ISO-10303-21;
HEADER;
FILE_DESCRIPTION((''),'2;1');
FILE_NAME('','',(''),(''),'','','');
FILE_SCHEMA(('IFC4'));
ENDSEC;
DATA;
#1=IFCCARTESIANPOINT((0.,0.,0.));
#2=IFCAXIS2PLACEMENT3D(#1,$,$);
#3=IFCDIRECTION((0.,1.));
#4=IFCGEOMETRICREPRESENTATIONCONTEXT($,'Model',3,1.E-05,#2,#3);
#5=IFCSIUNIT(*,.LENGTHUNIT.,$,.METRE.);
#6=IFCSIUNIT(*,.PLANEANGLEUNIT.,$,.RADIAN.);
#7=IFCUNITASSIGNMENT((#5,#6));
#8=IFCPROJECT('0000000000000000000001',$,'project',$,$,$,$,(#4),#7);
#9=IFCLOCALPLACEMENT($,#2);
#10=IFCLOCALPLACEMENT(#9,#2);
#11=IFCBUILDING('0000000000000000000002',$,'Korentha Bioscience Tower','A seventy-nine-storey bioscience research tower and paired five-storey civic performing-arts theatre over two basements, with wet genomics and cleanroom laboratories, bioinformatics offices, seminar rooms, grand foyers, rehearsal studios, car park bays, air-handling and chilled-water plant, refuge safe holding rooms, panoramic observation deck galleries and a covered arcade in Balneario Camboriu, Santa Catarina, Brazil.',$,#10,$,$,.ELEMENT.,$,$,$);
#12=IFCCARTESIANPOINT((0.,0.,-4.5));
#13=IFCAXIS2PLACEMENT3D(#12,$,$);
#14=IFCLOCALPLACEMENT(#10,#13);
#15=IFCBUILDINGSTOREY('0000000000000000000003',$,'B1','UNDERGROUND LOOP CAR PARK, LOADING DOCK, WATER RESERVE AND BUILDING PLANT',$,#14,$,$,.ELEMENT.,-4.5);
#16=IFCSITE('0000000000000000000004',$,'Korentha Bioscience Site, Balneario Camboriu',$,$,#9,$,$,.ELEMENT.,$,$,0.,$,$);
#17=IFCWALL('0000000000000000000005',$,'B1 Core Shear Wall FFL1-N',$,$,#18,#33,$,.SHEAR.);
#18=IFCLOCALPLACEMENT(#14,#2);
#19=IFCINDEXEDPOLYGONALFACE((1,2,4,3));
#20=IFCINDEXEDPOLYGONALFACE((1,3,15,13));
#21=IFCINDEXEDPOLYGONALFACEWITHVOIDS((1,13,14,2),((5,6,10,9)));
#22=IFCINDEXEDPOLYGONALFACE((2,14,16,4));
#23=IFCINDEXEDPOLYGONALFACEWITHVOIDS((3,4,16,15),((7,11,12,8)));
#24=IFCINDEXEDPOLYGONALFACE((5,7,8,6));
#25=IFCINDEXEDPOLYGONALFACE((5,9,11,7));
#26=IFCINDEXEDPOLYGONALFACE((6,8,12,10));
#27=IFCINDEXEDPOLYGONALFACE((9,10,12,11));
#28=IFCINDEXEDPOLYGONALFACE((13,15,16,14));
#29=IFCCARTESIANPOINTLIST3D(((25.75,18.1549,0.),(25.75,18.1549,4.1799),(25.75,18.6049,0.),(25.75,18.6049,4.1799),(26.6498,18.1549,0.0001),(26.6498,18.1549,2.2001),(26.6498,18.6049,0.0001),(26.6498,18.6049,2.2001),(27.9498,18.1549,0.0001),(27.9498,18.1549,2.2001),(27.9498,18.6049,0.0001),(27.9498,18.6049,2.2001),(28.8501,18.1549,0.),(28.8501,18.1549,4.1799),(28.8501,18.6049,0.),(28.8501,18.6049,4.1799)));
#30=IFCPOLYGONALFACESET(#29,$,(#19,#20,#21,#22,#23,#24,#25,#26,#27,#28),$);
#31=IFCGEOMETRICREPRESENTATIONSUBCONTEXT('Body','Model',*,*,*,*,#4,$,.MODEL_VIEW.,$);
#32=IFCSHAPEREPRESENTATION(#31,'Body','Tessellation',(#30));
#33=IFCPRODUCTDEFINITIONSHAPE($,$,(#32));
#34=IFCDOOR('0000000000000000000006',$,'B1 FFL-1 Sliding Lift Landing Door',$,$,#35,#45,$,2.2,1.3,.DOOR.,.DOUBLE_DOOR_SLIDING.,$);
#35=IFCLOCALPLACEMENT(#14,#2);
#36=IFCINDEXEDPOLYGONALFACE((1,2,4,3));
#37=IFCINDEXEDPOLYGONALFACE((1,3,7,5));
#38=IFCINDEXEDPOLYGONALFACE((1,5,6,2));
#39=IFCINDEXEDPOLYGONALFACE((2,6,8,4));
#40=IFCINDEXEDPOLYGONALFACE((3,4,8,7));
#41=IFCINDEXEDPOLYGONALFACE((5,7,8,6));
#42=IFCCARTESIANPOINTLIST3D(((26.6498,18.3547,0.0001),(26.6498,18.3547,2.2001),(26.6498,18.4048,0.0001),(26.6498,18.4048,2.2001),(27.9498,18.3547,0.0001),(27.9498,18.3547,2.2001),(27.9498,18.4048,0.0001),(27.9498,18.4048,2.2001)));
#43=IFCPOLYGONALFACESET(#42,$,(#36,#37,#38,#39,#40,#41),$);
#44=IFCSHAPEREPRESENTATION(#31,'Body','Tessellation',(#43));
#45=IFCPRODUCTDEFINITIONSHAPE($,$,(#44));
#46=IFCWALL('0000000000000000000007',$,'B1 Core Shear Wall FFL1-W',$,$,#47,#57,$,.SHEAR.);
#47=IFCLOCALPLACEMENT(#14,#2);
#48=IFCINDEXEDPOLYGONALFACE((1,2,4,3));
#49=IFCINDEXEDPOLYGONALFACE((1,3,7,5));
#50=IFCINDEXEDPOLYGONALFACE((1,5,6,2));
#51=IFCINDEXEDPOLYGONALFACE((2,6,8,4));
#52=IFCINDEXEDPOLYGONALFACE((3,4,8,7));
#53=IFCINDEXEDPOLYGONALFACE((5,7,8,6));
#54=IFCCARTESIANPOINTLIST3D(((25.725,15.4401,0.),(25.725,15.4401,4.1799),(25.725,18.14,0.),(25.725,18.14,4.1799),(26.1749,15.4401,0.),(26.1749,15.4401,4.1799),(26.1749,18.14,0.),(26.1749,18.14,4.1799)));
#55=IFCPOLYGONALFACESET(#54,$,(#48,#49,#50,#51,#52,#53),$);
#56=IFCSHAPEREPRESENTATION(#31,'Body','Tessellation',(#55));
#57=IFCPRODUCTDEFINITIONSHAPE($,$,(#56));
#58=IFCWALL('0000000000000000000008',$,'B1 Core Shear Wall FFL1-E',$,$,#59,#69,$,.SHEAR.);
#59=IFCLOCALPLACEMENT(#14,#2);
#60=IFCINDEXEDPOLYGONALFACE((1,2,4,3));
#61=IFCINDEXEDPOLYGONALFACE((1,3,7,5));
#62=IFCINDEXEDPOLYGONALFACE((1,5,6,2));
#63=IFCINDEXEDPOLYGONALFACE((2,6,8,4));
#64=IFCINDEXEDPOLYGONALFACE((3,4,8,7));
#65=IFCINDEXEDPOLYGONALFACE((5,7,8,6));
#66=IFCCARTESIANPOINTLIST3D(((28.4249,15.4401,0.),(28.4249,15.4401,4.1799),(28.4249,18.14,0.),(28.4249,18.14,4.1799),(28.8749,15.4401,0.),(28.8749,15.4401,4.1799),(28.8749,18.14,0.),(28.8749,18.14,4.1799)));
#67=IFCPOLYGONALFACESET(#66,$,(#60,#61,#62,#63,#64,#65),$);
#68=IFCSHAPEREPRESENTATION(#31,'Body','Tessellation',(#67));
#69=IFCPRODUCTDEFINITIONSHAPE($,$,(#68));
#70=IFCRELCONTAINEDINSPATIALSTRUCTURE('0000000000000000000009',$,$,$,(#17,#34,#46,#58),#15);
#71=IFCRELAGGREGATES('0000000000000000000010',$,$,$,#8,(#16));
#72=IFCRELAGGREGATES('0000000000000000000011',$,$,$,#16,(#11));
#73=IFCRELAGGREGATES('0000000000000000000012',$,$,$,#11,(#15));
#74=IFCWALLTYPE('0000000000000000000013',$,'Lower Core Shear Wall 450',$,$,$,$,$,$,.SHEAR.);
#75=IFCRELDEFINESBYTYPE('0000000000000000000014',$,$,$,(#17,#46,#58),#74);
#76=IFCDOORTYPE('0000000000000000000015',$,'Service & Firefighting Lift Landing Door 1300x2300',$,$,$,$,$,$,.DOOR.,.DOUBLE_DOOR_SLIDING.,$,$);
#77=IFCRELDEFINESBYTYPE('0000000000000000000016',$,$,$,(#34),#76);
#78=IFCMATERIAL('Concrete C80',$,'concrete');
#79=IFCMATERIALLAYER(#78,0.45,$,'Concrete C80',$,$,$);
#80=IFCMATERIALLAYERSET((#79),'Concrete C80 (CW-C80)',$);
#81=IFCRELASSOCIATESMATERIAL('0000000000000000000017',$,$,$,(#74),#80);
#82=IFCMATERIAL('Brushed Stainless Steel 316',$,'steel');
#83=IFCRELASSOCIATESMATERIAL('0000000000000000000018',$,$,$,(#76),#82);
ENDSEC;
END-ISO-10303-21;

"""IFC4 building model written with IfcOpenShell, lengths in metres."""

from ifc_helpers import new_model, si_unit, direction, frame, frame_2d, origin, place, context, subcontext, project, spatial, rectangle, extrude, material, layer, layer_set, type_object, element, fill, save


model = new_model("IFC4")

# Units and contexts
model_context = context("Model", 3, precision=1e-05, world=origin(), true_north=direction((0.0, 1.0)))
body_context = subcontext(model_context, "Body", "Model", "MODEL_VIEW")
ifc_project = project(units=[si_unit("LENGTHUNIT", "METRE"), si_unit("PLANEANGLEUNIT", "RADIAN")], contexts=[model_context])

# Site, building, storey
site_placement = place(None, origin())
site = spatial("IfcSite", under=ifc_project, at=site_placement, Name="Korentha Bioscience Site, Balneario Camboriu", CompositionType="ELEMENT", RefElevation=0.0)
building_placement = place(site_placement, origin())
building = spatial("IfcBuilding", under=site, at=building_placement, Name="Korentha Bioscience Tower", Description="A seventy-nine-storey bioscience research tower and paired five-storey civic performing-arts theatre over two basements, with wet genomics and cleanroom laboratories, bioinformatics offices, seminar rooms, grand foyers, rehearsal studios, car park bays, air-handling and chilled-water plant, refuge safe holding rooms, panoramic observation deck galleries and a covered arcade in Balneario Camboriu, Santa Catarina, Brazil.", CompositionType="ELEMENT")
storey_placement = place(building_placement, frame((0.0, 0.0, -4.5)))
storey = spatial("IfcBuildingStorey", under=building, at=storey_placement, Name="B1", Description="UNDERGROUND LOOP CAR PARK, LOADING DOCK, WATER RESERVE AND BUILDING PLANT", CompositionType="ELEMENT", Elevation=-4.5)

# Shared definitions
ifc_material_1 = material(Name="Concrete C80", Category="concrete")
ifc_layer_1 = layer(ifc_material_1, 0.45, Name="Concrete C80")
ifc_layer_set_1 = layer_set([ifc_layer_1], Name="Concrete C80 (CW-C80)")
wall_type_1 = type_object("IfcWallType", Name="Lower Core Shear Wall 450", PredefinedType="SHEAR", material=ifc_layer_set_1)

# Wall, opening, door
wall_1_placement = place(storey_placement, frame((25.75, 18.3799, 0.0), z_axis=(0.0, 0.0, 1.0), x_axis=(1.0, 0.0, 0.0)))
wall_1 = element("IfcWall", 1, at=wall_1_placement, inside=storey, type_object=wall_type_1, Name="B1 Core Shear Wall FFL1-N", PredefinedType="SHEAR", context=body_context, shape_type="SweptSolid", body=[
    extrude(rectangle(XDim=3.1001, YDim=0.45, at=frame_2d((1.55, 0.0))), origin(), (0.0, 0.0, 1.0), 4.1799),
])
opening_1_placement = place(wall_1_placement, frame((0.8999, 0.0, 0.0)))
opening_1 = element("IfcOpeningElement", 2, at=opening_1_placement, cuts=wall_1, PredefinedType="OPENING", context=body_context, shape_type="SweptSolid", body=[
    extrude(rectangle(XDim=1.3, YDim=2.2, at=frame_2d((0.6499, 1.1001))), frame((0.0, 0.2397, 0.0), z_axis=(0.0, -1.0, 0.0), x_axis=(1.0, 0.0, 0.0)), (0.0, 0.0, 1.0), 0.4797),
])
ifc_material_2 = material(Name="Brushed Stainless Steel 316", Category="steel")
door_type_1 = type_object("IfcDoorType", Name="Service & Firefighting Lift Landing Door 1300x2300", OperationType="DOUBLE_DOOR_SLIDING", PredefinedType="DOOR", material=ifc_material_2)
door_1_placement = place(opening_1_placement, origin())
door_1 = element("IfcDoor", 3, at=door_1_placement, inside=storey, type_object=door_type_1, Name="B1 FFL-1 Sliding Lift Landing Door", OperationType="DOUBLE_DOOR_SLIDING", OverallHeight=2.2, OverallWidth=1.3, PredefinedType="DOOR", context=body_context, shape_type="SweptSolid", body=[
    extrude(rectangle(XDim=1.3, YDim=2.2, at=frame_2d((0.6499, 1.1001))), frame((0.0, 0.0249, 0.0), z_axis=(0.0, -1.0, 0.0), x_axis=(1.0, 0.0, 0.0)), (0.0, 0.0, 1.0), 0.05),
])
fill(opening_1, door_1)

# Walls
for number, where, z_axis, x_axis, name in (
    (4, (25.95, 15.4399, 0.0), (0.0, 0.0, 1.0), (0.0, 1.0, 0.0), "B1 Core Shear Wall FFL1-W"),
    (5, (28.6499, 15.4399, 0.0), (0.0, 0.0, 1.0), (0.0, 1.0, 0.0), "B1 Core Shear Wall FFL1-E"),
):
    element("IfcWall", number, at=place(storey_placement, frame(where, z_axis=z_axis, x_axis=x_axis)), inside=storey, type_object=wall_type_1, Name=name, PredefinedType="SHEAR", context=body_context, shape_type="SweptSolid", body=[
        extrude(rectangle(XDim=2.7, YDim=0.45, at=frame_2d((1.3501, 0.0))), origin(), (0.0, 0.0, 1.0), 4.1799),
    ])

save(model, "model.ifc")
